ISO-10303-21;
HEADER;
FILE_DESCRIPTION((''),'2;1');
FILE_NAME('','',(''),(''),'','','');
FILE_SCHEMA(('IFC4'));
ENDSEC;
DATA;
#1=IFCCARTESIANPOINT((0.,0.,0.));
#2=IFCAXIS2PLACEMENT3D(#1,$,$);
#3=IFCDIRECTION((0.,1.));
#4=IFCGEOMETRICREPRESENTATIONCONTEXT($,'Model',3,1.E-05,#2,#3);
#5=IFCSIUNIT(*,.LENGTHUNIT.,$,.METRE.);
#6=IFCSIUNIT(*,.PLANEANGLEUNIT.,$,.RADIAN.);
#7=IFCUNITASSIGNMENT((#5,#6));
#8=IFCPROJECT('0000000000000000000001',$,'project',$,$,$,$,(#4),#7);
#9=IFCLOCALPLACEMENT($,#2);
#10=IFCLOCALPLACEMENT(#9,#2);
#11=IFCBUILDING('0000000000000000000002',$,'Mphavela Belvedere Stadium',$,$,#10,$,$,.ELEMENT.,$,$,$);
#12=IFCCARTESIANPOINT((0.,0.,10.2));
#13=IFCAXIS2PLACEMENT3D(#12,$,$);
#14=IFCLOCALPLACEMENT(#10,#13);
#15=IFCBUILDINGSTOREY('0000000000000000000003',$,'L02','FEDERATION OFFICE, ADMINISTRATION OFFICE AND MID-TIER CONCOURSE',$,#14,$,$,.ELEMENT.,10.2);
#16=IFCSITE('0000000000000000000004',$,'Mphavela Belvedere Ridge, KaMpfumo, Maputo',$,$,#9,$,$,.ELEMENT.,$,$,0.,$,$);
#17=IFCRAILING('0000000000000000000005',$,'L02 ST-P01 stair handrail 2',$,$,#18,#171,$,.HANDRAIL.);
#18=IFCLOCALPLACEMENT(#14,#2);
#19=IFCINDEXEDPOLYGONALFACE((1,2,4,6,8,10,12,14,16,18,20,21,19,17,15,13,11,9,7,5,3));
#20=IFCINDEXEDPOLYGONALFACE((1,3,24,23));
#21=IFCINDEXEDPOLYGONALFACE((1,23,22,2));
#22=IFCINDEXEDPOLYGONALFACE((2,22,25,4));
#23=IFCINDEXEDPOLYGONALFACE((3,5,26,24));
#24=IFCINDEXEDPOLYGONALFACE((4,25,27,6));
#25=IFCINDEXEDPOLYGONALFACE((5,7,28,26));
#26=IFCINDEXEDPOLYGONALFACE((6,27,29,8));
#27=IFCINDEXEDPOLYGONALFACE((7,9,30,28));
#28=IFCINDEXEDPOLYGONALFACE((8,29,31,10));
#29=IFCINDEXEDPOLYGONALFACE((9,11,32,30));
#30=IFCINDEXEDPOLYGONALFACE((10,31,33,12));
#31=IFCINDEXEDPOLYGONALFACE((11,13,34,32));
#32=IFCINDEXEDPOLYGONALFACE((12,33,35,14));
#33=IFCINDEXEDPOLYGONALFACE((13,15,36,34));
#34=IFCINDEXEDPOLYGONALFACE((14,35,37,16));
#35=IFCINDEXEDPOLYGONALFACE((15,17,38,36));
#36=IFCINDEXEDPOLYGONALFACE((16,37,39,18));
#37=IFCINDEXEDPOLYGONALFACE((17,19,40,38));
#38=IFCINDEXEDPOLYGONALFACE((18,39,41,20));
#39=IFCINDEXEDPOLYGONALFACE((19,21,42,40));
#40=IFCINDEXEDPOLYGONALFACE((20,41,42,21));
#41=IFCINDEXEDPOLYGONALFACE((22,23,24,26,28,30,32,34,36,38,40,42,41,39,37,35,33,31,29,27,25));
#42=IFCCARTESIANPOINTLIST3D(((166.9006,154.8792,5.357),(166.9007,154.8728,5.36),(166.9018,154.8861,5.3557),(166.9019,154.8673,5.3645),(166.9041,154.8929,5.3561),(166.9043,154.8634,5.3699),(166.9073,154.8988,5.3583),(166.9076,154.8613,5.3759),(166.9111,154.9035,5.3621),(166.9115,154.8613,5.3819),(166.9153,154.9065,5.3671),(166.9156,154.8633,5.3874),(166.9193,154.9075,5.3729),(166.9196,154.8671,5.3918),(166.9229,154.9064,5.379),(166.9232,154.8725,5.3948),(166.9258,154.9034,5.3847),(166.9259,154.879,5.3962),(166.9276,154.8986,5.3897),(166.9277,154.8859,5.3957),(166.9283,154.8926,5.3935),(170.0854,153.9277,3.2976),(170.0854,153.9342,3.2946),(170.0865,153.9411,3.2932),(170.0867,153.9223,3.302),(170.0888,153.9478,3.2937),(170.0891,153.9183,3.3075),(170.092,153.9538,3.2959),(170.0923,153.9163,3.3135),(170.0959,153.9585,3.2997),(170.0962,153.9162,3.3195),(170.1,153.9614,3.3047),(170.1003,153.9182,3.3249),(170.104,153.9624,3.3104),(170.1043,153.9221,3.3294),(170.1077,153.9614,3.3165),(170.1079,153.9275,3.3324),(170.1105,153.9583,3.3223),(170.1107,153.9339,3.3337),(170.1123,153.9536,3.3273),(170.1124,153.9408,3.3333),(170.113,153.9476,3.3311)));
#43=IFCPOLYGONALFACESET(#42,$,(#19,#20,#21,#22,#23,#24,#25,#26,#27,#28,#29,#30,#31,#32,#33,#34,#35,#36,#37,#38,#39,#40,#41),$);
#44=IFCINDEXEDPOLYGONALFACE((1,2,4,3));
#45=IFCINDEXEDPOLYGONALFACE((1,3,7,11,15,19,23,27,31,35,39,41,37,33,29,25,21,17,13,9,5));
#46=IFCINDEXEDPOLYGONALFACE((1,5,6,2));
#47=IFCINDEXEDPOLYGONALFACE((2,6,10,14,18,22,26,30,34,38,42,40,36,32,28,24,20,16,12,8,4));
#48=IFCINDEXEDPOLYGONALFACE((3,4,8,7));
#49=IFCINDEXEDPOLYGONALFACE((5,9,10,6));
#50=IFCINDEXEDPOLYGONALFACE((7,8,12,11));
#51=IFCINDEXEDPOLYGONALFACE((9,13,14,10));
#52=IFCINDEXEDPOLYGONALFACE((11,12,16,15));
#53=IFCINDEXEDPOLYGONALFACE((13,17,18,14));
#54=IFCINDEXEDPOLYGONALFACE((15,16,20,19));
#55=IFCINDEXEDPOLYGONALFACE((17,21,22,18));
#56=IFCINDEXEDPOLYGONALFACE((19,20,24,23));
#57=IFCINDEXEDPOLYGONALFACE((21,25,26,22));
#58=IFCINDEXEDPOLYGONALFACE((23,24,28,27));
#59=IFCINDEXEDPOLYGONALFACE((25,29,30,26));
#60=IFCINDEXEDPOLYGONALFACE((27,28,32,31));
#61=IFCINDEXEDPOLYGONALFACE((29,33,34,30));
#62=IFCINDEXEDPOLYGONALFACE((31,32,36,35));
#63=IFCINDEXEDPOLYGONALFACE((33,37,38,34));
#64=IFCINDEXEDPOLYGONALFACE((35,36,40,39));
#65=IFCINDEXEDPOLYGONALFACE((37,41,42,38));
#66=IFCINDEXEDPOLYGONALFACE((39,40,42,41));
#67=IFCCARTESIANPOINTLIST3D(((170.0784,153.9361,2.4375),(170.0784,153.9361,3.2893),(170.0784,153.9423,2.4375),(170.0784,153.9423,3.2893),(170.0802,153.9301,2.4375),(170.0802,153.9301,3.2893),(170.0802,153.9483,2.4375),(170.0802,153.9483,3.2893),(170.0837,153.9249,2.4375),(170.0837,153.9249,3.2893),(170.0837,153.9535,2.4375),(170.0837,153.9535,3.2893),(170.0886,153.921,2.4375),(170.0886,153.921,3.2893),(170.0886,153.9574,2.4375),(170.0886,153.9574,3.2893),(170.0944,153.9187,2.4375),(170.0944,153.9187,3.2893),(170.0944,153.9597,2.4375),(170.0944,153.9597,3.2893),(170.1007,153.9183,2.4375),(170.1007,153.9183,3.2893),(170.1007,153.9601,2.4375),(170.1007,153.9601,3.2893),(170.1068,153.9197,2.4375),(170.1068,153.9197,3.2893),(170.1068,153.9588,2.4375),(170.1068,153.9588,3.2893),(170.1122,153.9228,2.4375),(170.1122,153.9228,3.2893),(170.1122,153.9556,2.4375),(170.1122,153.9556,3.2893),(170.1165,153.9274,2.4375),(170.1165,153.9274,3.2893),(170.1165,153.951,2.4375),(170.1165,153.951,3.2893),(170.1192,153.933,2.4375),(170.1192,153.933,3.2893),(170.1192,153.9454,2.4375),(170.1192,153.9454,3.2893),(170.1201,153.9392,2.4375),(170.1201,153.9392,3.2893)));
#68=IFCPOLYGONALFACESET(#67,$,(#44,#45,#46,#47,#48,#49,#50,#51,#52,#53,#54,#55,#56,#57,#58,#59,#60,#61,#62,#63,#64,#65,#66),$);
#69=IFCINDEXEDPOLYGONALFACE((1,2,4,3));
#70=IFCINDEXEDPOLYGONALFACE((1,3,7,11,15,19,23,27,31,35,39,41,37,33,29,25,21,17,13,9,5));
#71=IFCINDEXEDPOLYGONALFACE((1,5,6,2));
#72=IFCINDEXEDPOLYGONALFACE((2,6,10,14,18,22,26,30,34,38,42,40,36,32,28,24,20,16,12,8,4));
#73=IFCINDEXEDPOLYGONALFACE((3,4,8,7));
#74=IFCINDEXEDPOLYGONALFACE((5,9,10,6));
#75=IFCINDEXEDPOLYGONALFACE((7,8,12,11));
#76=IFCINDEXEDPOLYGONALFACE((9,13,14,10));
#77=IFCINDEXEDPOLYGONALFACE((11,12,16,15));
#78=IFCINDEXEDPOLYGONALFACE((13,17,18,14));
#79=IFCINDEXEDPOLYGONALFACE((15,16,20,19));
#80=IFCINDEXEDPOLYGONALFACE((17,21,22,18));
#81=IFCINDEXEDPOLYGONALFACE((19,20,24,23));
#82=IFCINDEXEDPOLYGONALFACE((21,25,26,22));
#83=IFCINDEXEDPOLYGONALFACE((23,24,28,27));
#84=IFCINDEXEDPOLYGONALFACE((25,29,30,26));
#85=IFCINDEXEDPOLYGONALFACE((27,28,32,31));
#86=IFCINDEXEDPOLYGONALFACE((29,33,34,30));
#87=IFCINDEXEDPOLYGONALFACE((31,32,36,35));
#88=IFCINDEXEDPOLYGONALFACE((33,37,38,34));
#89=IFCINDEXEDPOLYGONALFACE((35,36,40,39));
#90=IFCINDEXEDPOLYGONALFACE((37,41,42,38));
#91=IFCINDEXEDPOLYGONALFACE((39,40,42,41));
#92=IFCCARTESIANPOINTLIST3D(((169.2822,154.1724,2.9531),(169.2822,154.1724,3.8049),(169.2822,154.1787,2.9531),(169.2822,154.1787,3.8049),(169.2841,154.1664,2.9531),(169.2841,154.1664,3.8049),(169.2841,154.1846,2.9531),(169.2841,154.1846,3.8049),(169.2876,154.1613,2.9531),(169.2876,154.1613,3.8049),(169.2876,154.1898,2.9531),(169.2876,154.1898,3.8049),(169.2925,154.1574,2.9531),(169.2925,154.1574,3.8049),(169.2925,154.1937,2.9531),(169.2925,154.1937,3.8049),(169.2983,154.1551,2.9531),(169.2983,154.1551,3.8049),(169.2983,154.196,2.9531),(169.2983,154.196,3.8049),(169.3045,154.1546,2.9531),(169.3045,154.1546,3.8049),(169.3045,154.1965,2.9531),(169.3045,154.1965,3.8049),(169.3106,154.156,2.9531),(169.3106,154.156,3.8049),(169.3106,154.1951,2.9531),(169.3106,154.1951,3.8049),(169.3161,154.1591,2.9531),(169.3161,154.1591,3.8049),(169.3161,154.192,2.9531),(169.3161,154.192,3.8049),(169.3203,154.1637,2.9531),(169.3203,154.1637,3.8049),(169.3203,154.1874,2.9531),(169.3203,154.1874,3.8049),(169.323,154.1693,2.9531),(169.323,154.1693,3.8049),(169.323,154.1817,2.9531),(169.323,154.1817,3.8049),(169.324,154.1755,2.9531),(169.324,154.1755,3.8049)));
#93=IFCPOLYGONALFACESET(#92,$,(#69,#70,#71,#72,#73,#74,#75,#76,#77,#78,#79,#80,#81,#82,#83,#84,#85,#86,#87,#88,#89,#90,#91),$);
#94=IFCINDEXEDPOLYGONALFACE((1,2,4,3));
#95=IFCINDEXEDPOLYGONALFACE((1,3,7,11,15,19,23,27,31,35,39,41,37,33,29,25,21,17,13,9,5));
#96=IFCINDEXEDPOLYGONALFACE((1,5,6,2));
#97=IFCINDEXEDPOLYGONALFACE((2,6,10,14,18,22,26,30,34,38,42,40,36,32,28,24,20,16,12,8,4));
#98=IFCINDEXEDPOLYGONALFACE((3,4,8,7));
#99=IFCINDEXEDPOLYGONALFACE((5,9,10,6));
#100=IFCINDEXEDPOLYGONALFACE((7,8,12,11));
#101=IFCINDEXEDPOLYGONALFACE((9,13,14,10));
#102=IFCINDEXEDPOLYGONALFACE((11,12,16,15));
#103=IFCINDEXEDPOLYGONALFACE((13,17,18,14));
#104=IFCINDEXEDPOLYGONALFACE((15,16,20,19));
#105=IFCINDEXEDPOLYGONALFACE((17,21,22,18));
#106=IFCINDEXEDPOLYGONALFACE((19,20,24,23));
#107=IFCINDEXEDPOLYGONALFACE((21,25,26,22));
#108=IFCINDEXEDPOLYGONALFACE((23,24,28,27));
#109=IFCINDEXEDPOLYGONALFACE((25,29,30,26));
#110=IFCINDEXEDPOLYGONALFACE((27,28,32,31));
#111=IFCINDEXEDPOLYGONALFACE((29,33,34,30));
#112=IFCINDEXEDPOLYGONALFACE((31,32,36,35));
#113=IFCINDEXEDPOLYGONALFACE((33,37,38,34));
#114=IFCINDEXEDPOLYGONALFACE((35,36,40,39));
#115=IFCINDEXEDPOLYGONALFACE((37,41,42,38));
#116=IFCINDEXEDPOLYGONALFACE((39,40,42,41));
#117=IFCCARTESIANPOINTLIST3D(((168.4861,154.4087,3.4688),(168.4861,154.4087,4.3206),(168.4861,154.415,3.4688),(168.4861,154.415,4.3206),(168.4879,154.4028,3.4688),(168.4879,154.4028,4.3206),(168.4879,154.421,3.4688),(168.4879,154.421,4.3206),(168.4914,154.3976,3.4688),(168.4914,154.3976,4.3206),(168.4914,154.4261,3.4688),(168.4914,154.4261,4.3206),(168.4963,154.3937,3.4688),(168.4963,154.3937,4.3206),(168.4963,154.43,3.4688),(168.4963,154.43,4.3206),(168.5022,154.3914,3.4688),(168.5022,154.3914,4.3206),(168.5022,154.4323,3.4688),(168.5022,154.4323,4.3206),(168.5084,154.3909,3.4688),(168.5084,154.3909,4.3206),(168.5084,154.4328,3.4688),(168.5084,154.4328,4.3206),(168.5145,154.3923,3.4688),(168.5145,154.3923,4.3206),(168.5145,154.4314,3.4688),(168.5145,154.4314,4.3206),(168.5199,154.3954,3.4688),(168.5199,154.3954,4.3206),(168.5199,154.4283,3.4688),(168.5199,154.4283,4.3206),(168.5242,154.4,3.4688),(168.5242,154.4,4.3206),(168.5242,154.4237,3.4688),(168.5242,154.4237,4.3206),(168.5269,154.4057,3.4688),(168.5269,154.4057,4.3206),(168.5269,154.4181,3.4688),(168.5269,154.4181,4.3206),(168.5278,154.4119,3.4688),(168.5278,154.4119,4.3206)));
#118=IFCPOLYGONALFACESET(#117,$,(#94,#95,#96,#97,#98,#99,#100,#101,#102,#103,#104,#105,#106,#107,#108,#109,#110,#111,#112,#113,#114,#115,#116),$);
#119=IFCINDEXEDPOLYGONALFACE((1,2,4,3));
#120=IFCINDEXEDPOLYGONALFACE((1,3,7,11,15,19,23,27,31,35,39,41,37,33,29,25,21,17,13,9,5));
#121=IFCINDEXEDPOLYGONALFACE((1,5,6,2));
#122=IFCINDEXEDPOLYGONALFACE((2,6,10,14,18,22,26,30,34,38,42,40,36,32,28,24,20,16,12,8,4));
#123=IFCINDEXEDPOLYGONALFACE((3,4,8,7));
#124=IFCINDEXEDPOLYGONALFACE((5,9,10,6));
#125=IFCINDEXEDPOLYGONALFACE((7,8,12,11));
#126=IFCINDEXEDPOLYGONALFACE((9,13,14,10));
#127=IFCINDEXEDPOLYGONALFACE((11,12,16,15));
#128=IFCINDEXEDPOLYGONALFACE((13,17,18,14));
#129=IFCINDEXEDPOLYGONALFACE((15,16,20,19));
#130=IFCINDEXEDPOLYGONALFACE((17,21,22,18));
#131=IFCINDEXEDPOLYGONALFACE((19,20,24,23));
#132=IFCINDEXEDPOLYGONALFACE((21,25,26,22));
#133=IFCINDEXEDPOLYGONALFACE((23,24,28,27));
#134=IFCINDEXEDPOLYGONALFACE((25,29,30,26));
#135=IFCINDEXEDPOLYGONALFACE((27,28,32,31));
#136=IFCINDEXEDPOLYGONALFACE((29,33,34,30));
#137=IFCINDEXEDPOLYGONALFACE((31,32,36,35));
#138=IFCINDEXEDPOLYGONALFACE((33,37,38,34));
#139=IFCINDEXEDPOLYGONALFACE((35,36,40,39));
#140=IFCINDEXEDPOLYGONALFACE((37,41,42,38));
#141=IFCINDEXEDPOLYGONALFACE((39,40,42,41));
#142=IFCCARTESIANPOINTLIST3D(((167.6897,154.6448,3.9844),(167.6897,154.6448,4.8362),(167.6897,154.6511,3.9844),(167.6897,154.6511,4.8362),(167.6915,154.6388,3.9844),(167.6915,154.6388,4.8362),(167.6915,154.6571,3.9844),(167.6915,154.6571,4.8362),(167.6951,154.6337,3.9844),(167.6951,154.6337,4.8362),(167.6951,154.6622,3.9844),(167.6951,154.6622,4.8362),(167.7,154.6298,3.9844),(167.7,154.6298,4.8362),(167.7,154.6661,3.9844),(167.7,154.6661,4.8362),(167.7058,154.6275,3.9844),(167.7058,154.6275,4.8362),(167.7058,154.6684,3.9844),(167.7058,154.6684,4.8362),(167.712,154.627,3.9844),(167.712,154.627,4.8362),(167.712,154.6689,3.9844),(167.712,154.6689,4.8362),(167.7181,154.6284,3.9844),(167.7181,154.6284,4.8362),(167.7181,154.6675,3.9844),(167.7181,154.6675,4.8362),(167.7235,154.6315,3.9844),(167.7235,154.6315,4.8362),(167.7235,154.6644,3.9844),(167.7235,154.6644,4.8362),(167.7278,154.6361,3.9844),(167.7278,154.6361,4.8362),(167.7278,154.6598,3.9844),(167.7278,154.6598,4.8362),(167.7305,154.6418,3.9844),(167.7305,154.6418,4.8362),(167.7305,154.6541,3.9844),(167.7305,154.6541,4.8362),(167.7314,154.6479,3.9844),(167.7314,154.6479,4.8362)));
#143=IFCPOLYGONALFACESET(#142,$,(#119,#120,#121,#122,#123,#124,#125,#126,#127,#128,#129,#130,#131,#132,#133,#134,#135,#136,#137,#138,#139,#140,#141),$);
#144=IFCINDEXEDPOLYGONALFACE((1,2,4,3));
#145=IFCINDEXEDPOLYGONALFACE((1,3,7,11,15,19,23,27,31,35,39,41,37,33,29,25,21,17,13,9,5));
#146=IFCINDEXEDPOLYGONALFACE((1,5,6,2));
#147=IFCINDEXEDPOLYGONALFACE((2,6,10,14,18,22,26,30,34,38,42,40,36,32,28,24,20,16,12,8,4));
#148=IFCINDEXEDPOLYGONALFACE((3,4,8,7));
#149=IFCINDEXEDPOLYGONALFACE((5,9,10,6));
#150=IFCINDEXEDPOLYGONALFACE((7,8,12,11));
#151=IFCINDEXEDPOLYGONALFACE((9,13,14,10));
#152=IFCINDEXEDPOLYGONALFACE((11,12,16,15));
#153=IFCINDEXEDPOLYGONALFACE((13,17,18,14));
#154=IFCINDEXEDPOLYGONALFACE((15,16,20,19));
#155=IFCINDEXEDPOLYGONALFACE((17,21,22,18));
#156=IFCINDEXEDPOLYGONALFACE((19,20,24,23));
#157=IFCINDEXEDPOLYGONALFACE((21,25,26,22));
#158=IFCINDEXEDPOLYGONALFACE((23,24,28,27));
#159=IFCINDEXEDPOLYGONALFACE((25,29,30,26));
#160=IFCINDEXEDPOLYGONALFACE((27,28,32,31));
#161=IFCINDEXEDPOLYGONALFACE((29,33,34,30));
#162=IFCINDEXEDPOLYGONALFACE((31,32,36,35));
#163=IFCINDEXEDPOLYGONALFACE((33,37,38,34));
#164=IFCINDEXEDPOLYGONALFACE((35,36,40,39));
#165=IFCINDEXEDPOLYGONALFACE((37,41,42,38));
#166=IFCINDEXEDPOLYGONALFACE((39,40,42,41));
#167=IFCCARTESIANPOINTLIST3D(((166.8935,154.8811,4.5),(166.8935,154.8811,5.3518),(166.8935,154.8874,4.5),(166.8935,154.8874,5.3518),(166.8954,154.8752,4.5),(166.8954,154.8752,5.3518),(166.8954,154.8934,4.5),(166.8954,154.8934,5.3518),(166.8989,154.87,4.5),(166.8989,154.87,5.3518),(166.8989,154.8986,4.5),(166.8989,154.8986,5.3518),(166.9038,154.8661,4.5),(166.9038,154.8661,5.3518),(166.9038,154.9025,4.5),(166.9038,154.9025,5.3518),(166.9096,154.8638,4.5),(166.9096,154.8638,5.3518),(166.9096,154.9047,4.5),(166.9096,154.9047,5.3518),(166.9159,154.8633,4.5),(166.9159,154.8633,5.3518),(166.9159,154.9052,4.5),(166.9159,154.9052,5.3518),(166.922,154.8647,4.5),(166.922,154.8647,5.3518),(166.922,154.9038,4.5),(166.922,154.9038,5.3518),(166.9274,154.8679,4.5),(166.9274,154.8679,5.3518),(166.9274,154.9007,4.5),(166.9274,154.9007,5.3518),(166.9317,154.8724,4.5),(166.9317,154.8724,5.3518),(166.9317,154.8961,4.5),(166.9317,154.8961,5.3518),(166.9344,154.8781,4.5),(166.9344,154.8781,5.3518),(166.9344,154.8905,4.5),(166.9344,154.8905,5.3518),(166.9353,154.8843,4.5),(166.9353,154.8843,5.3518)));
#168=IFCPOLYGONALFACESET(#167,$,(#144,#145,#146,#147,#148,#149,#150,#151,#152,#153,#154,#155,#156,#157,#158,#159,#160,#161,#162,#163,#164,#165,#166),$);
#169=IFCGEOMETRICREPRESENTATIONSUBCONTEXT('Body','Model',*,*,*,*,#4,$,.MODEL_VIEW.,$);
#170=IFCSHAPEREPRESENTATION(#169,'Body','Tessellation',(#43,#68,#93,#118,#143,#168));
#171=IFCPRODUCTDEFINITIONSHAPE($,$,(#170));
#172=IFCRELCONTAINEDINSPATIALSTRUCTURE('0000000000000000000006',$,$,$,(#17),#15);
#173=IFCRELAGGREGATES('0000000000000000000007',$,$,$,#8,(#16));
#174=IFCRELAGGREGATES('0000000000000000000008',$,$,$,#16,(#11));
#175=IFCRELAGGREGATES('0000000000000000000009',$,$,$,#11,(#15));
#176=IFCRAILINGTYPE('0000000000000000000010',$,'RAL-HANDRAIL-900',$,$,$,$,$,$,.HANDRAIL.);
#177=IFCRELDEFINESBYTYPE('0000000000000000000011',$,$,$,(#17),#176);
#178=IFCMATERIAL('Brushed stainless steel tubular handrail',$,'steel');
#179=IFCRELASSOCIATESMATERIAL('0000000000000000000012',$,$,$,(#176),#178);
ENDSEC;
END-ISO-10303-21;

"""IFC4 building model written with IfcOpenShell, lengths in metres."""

from ifc_helpers import new_model, si_unit, direction, frame, origin, origin_2d, place, context, subcontext, project, spatial, circle, extrude, material, type_object, element, save


model = new_model("IFC4")

# Units and contexts
model_context = context("Model", 3, precision=1e-05, world=origin(), true_north=direction((0.0, 1.0)))
body_context = subcontext(model_context, "Body", "Model", "MODEL_VIEW")
ifc_project = project(units=[si_unit("LENGTHUNIT", "METRE"), si_unit("PLANEANGLEUNIT", "RADIAN")], contexts=[model_context])

# Site, building, storey
site_placement = place(None, origin())
site = spatial("IfcSite", under=ifc_project, at=site_placement, Name="Mphavela Belvedere Ridge, KaMpfumo, Maputo", CompositionType="ELEMENT", RefElevation=0.0)
building_placement = place(site_placement, origin())
building = spatial("IfcBuilding", under=site, at=building_placement, Name="Mphavela Belvedere Stadium", CompositionType="ELEMENT")
storey_placement = place(building_placement, frame((0.0, 0.0, 10.2)))
storey = spatial("IfcBuildingStorey", under=building, at=storey_placement, Name="L02", Description="FEDERATION OFFICE, ADMINISTRATION OFFICE AND MID-TIER CONCOURSE", CompositionType="ELEMENT", Elevation=10.2)

# Railing
ifc_material_1 = material(Name="Brushed stainless steel tubular handrail", Category="steel")
railing_type_1 = type_object("IfcRailingType", Name="RAL-HANDRAIL-900", PredefinedType="HANDRAIL", material=ifc_material_1)
railing_1_placement = place(storey_placement, frame((170.0991, 153.9392, 2.4375)))
element("IfcRailing", 1, at=railing_1_placement, inside=storey, type_object=railing_type_1, Name="L02 ST-P01 stair handrail 2", PredefinedType="HANDRAIL", context=body_context, shape_type="SweptSolid", body=[
    extrude(circle(Radius=0.0239, at=origin_2d()), frame((0.0, 0.0, 0.876), z_axis=(-0.814477, 0.24169, 0.527459), x_axis=(-0.284481, -0.958682, 0.0)), (0.0, 0.0, 1.0), 3.9102),
    extrude(circle(Radius=0.021, at=origin_2d()), origin(), (0.0, 0.0, 1.0), 0.8518),
    extrude(circle(Radius=0.021, at=origin_2d()), frame((-0.7961, 0.2363, 0.5156)), (0.0, 0.0, 1.0), 0.8518),
    extrude(circle(Radius=0.021, at=origin_2d()), frame((-1.5923, 0.4727, 1.0312)), (0.0, 0.0, 1.0), 0.8518),
    extrude(circle(Radius=0.021, at=origin_2d()), frame((-2.3887, 0.7087, 1.5469)), (0.0, 0.0, 1.0), 0.8518),
    extrude(circle(Radius=0.021, at=origin_2d()), frame((-3.1848, 0.9451, 2.0625)), (0.0, 0.0, 1.0), 0.8518),
])

save(model, "model.ifc")
